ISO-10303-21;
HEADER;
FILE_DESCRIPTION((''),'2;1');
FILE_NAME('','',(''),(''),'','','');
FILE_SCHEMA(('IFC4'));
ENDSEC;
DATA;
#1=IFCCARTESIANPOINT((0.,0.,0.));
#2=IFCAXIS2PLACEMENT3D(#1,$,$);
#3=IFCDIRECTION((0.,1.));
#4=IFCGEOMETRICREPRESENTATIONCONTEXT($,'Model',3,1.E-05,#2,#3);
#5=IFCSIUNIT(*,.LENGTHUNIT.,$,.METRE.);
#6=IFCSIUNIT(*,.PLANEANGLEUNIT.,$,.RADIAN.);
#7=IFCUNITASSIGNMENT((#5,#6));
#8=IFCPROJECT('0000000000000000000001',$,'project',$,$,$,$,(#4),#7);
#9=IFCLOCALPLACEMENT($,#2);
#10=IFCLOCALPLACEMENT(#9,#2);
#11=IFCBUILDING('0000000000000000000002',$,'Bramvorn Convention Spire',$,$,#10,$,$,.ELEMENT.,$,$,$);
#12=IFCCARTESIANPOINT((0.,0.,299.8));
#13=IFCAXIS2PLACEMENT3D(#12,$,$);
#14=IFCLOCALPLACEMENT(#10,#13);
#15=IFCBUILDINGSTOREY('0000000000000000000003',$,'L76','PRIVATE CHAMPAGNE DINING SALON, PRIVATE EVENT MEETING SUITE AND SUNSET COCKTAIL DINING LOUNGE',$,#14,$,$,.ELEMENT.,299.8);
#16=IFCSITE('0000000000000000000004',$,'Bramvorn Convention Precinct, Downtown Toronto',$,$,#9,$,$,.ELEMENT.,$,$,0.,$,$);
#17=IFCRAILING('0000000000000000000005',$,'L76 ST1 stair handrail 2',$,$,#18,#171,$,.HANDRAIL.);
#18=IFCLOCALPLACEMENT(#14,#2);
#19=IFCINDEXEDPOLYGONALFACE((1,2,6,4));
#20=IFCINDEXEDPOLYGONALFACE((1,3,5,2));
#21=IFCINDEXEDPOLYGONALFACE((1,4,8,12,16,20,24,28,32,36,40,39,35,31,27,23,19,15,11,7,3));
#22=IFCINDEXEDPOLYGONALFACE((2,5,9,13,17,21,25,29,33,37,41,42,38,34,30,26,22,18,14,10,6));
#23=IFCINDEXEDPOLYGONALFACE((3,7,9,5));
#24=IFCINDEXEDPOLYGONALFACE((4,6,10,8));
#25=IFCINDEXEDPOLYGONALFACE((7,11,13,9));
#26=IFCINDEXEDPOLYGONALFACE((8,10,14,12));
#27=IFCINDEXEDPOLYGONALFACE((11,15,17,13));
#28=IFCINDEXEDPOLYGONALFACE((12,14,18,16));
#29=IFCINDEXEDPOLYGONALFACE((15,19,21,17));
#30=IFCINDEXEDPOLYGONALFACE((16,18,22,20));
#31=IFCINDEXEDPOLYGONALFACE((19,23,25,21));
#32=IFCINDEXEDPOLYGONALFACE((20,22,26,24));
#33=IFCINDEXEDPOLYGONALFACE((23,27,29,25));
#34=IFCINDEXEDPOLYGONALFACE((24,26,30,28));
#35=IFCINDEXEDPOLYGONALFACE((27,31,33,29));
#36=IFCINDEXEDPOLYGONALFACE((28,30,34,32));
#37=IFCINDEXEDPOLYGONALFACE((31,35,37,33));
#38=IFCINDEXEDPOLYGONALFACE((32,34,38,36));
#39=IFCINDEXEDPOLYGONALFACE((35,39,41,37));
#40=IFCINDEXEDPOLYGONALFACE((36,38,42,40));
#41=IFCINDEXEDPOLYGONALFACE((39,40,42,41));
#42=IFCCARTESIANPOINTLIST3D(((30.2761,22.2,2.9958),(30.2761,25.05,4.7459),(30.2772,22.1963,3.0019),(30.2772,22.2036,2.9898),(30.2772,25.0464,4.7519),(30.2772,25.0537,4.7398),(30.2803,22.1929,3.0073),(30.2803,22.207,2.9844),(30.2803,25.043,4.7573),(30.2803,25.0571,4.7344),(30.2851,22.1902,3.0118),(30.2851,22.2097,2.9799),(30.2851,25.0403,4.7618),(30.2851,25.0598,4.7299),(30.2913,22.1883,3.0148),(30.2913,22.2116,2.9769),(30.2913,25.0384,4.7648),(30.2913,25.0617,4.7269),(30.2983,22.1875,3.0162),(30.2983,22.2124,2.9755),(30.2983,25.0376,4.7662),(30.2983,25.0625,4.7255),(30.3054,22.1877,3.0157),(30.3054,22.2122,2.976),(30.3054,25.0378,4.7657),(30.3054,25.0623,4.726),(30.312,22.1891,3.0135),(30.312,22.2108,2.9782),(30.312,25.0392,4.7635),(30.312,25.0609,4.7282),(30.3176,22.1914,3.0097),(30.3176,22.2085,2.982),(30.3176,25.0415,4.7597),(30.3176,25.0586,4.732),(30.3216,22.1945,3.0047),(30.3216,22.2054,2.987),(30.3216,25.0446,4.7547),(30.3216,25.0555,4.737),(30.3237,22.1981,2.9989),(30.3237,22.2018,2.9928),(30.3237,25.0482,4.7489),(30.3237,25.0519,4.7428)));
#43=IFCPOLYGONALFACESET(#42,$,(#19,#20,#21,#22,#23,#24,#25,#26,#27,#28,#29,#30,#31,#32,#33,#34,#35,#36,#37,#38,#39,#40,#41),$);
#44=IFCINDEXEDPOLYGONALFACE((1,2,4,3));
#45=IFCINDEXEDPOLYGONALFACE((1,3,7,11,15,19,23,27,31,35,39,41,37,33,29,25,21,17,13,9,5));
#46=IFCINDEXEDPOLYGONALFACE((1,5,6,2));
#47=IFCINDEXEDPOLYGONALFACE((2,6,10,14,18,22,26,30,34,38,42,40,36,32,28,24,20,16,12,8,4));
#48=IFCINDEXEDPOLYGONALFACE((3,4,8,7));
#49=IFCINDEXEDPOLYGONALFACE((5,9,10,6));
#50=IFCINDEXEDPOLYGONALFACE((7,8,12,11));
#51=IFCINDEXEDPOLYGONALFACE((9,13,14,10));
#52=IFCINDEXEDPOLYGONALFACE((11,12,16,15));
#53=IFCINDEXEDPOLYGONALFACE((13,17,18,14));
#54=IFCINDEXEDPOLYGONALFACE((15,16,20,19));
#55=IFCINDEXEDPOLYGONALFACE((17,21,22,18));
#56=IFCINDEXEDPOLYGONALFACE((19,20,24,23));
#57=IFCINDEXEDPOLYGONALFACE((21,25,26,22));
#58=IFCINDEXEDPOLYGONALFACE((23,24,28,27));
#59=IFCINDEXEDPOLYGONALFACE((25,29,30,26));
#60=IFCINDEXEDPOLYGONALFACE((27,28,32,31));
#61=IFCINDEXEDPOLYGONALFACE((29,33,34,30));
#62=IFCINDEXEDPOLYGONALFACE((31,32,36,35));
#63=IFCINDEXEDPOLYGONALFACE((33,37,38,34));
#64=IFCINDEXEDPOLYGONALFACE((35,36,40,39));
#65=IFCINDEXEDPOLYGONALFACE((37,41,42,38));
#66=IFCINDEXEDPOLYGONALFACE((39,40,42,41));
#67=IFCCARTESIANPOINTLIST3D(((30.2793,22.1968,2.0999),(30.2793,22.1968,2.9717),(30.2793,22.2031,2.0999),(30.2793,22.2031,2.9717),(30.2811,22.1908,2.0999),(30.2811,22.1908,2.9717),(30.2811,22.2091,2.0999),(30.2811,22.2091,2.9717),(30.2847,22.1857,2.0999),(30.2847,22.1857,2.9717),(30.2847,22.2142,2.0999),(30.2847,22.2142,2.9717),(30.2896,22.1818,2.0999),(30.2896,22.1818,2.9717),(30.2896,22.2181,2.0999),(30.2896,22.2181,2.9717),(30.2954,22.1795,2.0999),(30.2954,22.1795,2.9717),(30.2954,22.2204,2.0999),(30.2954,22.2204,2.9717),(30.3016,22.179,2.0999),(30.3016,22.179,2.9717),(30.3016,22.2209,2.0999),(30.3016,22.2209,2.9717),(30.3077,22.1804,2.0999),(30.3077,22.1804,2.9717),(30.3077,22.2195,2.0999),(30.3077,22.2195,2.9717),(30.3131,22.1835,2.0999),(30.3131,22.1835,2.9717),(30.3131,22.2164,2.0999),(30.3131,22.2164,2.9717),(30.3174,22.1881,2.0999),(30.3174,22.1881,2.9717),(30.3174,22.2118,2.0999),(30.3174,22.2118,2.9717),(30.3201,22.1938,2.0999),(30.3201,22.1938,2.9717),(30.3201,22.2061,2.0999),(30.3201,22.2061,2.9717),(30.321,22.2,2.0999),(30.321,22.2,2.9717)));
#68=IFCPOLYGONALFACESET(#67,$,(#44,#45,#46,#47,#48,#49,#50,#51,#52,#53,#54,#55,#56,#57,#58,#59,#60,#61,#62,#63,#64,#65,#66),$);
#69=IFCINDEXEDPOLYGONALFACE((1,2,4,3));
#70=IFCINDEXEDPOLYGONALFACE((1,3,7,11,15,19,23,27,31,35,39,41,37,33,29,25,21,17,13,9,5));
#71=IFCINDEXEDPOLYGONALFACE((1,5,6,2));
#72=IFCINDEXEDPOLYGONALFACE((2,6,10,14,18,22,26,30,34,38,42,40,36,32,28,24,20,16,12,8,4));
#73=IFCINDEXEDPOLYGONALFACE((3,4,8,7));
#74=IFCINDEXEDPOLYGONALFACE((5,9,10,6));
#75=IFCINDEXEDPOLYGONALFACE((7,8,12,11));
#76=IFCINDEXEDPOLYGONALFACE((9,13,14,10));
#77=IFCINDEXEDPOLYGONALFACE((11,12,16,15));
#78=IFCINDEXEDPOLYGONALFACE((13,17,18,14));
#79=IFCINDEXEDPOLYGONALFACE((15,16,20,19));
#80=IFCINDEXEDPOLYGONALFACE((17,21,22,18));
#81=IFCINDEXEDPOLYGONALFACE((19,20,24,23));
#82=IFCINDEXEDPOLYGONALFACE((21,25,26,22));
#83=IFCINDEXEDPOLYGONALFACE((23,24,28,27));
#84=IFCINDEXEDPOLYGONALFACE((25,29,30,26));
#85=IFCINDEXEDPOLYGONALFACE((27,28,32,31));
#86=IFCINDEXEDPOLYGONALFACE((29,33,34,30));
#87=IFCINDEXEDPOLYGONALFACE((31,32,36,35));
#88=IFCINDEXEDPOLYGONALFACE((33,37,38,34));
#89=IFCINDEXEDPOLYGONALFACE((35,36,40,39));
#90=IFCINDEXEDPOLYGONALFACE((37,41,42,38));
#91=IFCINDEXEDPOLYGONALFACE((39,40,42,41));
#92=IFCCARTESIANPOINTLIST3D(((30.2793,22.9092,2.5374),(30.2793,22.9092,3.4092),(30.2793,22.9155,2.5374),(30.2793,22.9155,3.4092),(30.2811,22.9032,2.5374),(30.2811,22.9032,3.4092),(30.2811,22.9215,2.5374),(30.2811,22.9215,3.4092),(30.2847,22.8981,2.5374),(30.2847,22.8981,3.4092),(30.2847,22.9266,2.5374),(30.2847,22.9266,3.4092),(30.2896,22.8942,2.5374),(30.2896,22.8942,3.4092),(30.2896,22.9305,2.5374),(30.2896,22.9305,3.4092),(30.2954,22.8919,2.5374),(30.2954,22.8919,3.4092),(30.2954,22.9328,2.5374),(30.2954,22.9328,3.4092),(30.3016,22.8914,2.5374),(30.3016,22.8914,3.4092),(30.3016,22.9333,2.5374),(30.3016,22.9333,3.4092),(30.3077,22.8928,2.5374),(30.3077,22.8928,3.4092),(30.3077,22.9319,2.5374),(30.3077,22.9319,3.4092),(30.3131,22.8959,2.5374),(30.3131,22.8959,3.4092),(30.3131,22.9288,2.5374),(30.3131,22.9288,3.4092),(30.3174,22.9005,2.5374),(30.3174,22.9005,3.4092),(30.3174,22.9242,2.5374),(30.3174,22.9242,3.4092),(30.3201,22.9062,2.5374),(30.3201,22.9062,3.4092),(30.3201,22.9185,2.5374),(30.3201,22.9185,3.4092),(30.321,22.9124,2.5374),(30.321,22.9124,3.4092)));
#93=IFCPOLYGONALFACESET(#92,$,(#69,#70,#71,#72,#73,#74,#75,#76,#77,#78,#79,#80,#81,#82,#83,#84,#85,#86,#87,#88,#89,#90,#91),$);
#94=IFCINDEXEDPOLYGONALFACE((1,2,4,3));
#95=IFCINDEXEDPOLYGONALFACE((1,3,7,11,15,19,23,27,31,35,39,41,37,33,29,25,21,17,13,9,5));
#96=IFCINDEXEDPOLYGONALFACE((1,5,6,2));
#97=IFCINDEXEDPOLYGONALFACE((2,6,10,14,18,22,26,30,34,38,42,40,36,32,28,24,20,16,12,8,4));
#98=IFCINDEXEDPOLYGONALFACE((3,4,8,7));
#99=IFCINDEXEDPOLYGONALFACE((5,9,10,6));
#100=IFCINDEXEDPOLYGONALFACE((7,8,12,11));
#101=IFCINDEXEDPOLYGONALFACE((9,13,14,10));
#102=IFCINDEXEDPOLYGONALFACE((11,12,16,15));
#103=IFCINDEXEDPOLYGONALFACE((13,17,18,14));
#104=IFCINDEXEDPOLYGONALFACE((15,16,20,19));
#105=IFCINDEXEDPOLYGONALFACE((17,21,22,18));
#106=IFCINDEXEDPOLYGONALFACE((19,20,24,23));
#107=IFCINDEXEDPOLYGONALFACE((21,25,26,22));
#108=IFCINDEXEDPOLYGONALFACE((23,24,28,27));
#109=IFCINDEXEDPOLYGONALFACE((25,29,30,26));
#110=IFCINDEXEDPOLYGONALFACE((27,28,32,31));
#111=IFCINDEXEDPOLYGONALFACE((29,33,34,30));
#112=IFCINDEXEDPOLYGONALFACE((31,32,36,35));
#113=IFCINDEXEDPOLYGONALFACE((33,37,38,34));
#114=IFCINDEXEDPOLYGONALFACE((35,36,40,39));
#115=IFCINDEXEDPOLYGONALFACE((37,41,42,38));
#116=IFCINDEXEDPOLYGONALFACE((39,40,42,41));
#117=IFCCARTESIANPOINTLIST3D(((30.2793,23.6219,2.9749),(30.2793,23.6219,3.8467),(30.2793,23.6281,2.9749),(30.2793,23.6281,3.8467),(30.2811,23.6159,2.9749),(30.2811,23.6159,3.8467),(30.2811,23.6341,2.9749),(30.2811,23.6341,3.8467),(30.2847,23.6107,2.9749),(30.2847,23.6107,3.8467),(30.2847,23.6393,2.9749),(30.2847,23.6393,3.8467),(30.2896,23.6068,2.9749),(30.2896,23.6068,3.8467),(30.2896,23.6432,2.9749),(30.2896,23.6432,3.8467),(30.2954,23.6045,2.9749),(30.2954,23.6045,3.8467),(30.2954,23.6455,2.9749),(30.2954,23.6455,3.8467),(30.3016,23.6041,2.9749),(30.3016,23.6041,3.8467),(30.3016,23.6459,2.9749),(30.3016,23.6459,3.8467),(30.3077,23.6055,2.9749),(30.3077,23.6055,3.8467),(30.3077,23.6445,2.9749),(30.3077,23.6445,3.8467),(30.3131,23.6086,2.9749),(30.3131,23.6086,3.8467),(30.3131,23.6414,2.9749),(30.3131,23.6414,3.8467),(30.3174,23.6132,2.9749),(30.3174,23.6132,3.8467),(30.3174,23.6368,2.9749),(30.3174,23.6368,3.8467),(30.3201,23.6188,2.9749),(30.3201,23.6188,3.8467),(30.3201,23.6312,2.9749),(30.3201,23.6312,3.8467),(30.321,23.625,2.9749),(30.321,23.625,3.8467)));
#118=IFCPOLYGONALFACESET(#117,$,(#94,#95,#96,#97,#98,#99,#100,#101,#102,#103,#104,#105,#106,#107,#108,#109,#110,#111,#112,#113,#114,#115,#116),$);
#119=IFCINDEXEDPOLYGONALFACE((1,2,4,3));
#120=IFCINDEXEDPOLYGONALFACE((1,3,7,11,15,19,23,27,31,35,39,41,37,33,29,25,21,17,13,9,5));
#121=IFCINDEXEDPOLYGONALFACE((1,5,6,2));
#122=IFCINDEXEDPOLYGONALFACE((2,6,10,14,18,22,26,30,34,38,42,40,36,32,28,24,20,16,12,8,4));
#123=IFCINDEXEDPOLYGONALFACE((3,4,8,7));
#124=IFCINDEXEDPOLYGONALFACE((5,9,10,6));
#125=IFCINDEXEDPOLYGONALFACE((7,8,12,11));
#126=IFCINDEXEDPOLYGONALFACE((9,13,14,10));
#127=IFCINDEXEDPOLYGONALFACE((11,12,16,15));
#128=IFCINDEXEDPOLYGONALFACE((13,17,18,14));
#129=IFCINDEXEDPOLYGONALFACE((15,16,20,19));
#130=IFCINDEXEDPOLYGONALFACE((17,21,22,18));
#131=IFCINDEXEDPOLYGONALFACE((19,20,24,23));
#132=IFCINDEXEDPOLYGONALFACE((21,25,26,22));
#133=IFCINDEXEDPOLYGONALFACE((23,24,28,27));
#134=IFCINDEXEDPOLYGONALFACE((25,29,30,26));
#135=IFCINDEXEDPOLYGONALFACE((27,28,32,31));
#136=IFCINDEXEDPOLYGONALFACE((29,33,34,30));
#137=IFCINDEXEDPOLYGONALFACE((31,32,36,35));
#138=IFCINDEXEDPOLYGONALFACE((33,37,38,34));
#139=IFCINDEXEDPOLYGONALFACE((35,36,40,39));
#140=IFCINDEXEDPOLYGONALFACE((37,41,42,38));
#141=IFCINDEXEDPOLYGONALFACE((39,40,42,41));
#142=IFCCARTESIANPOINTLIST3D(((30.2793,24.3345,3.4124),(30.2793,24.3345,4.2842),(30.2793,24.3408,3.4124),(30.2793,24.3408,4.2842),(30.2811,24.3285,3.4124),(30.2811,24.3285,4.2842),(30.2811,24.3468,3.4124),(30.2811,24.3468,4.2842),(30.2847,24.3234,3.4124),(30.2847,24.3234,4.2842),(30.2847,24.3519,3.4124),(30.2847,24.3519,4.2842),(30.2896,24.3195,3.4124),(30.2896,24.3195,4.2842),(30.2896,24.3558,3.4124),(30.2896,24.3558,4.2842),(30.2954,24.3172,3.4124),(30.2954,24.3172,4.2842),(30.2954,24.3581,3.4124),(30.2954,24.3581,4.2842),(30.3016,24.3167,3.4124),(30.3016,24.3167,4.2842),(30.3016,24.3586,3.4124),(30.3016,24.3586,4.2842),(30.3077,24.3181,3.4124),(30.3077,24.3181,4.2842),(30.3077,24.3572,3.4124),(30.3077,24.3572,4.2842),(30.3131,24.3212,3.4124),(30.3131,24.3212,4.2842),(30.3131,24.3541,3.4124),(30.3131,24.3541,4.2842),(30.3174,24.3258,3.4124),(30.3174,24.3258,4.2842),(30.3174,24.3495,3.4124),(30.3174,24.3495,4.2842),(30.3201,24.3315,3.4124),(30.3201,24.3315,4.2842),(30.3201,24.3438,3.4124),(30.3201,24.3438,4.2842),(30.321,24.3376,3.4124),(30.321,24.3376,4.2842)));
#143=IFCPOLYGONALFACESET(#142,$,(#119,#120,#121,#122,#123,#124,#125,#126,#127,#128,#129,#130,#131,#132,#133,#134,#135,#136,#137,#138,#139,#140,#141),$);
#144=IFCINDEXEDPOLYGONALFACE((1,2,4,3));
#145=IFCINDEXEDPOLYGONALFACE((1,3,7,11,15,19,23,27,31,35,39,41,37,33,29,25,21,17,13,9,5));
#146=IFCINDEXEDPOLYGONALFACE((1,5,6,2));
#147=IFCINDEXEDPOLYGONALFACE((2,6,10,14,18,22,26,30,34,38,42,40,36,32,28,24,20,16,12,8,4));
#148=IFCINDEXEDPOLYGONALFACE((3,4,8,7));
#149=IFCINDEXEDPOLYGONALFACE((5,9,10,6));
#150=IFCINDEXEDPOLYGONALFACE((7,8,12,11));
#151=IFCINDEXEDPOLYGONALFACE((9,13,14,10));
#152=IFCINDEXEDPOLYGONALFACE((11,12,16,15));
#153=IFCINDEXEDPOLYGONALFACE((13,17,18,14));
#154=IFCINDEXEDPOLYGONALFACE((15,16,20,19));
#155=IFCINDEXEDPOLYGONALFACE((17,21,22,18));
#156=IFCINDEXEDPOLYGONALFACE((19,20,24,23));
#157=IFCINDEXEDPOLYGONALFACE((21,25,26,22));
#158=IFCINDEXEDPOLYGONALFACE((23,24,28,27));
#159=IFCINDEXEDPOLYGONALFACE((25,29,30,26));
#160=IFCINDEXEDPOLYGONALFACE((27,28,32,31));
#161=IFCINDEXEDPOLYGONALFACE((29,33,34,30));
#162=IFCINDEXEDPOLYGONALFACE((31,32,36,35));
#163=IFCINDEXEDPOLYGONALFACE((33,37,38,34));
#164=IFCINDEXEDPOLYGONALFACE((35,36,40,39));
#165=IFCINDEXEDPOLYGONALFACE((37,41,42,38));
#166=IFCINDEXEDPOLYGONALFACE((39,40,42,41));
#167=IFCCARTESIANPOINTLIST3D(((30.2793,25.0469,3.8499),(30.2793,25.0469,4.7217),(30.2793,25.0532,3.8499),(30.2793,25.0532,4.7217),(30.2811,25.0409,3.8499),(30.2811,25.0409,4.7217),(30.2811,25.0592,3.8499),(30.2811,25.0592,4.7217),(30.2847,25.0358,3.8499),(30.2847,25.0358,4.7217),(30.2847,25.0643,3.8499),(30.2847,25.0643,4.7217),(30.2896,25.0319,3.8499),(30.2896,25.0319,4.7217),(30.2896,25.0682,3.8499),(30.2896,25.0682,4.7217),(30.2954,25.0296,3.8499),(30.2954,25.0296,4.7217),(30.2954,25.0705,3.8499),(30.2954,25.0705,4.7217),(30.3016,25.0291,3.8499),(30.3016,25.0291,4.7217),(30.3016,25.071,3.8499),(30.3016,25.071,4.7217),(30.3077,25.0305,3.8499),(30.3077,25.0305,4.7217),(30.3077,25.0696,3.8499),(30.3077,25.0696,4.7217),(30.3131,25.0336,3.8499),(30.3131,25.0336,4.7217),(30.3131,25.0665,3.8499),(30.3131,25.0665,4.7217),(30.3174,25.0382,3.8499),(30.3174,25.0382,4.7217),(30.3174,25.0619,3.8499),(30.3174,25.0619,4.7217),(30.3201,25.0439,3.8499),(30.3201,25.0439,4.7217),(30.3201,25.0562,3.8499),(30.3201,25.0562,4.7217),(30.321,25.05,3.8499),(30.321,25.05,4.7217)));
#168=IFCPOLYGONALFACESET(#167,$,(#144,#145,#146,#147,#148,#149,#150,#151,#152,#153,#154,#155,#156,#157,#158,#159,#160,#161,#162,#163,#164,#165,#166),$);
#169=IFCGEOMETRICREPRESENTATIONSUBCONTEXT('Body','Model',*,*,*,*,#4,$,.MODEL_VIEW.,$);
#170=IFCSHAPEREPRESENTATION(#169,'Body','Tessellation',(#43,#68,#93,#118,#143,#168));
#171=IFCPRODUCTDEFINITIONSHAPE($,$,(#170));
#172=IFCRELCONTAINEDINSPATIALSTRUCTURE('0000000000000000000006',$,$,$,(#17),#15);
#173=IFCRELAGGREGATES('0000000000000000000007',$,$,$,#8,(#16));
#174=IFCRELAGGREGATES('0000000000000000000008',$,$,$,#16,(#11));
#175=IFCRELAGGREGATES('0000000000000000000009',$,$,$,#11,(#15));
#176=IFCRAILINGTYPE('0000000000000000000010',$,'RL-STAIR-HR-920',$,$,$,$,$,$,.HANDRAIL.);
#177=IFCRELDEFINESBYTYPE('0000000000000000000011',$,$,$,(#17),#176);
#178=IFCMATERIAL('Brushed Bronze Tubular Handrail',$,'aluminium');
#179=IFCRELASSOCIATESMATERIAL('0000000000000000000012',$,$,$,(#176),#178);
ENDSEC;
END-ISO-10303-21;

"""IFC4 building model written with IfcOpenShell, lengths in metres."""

from ifc_helpers import new_model, si_unit, direction, frame, origin, origin_2d, place, context, subcontext, project, spatial, circle, extrude, material, type_object, element, save


model = new_model("IFC4")

# Units and contexts
model_context = context("Model", 3, precision=1e-05, world=origin(), true_north=direction((0.0, 1.0)))
body_context = subcontext(model_context, "Body", "Model", "MODEL_VIEW")
ifc_project = project(units=[si_unit("LENGTHUNIT", "METRE"), si_unit("PLANEANGLEUNIT", "RADIAN")], contexts=[model_context])

# Site, building, storey
site_placement = place(None, origin())
site = spatial("IfcSite", under=ifc_project, at=site_placement, Name="Bramvorn Convention Precinct, Downtown Toronto", CompositionType="ELEMENT", RefElevation=0.0)
building_placement = place(site_placement, origin())
building = spatial("IfcBuilding", under=site, at=building_placement, Name="Bramvorn Convention Spire", CompositionType="ELEMENT")
storey_placement = place(building_placement, frame((0.0, 0.0, 299.8)))
storey = spatial("IfcBuildingStorey", under=building, at=storey_placement, Name="L76", Description="PRIVATE CHAMPAGNE DINING SALON, PRIVATE EVENT MEETING SUITE AND SUNSET COCKTAIL DINING LOUNGE", CompositionType="ELEMENT", Elevation=299.8)

# Railing
ifc_material_1 = material(Name="Brushed Bronze Tubular Handrail", Category="aluminium")
railing_type_1 = type_object("IfcRailingType", Name="RL-STAIR-HR-920", PredefinedType="HANDRAIL", material=ifc_material_1)
railing_1_placement = place(storey_placement, frame((30.3, 22.2, 2.0999)))
element("IfcRailing", 1, at=railing_1_placement, inside=storey, type_object=railing_type_1, Name="L76 ST1 stair handrail 2", PredefinedType="HANDRAIL", context=body_context, shape_type="SweptSolid", body=[
    extrude(circle(Radius=0.0239, at=origin_2d()), frame((0.0, 0.0, 0.896), z_axis=(0.0, 0.852179, 0.52325), x_axis=(-1.0, 0.0, 0.0)), (0.0, 0.0, 1.0), 3.3445),
    extrude(circle(Radius=0.021, at=origin_2d()), origin(), (0.0, 0.0, 1.0), 0.8718),
    extrude(circle(Radius=0.021, at=origin_2d()), frame((0.0, 0.7124, 0.4375)), (0.0, 0.0, 1.0), 0.8718),
    extrude(circle(Radius=0.021, at=origin_2d()), frame((0.0, 1.425, 0.875)), (0.0, 0.0, 1.0), 0.8718),
    extrude(circle(Radius=0.021, at=origin_2d()), frame((0.0, 2.1377, 1.3125)), (0.0, 0.0, 1.0), 0.8718),
    extrude(circle(Radius=0.021, at=origin_2d()), frame((0.0, 2.8501, 1.75)), (0.0, 0.0, 1.0), 0.8718),
])

save(model, "model.ifc")
